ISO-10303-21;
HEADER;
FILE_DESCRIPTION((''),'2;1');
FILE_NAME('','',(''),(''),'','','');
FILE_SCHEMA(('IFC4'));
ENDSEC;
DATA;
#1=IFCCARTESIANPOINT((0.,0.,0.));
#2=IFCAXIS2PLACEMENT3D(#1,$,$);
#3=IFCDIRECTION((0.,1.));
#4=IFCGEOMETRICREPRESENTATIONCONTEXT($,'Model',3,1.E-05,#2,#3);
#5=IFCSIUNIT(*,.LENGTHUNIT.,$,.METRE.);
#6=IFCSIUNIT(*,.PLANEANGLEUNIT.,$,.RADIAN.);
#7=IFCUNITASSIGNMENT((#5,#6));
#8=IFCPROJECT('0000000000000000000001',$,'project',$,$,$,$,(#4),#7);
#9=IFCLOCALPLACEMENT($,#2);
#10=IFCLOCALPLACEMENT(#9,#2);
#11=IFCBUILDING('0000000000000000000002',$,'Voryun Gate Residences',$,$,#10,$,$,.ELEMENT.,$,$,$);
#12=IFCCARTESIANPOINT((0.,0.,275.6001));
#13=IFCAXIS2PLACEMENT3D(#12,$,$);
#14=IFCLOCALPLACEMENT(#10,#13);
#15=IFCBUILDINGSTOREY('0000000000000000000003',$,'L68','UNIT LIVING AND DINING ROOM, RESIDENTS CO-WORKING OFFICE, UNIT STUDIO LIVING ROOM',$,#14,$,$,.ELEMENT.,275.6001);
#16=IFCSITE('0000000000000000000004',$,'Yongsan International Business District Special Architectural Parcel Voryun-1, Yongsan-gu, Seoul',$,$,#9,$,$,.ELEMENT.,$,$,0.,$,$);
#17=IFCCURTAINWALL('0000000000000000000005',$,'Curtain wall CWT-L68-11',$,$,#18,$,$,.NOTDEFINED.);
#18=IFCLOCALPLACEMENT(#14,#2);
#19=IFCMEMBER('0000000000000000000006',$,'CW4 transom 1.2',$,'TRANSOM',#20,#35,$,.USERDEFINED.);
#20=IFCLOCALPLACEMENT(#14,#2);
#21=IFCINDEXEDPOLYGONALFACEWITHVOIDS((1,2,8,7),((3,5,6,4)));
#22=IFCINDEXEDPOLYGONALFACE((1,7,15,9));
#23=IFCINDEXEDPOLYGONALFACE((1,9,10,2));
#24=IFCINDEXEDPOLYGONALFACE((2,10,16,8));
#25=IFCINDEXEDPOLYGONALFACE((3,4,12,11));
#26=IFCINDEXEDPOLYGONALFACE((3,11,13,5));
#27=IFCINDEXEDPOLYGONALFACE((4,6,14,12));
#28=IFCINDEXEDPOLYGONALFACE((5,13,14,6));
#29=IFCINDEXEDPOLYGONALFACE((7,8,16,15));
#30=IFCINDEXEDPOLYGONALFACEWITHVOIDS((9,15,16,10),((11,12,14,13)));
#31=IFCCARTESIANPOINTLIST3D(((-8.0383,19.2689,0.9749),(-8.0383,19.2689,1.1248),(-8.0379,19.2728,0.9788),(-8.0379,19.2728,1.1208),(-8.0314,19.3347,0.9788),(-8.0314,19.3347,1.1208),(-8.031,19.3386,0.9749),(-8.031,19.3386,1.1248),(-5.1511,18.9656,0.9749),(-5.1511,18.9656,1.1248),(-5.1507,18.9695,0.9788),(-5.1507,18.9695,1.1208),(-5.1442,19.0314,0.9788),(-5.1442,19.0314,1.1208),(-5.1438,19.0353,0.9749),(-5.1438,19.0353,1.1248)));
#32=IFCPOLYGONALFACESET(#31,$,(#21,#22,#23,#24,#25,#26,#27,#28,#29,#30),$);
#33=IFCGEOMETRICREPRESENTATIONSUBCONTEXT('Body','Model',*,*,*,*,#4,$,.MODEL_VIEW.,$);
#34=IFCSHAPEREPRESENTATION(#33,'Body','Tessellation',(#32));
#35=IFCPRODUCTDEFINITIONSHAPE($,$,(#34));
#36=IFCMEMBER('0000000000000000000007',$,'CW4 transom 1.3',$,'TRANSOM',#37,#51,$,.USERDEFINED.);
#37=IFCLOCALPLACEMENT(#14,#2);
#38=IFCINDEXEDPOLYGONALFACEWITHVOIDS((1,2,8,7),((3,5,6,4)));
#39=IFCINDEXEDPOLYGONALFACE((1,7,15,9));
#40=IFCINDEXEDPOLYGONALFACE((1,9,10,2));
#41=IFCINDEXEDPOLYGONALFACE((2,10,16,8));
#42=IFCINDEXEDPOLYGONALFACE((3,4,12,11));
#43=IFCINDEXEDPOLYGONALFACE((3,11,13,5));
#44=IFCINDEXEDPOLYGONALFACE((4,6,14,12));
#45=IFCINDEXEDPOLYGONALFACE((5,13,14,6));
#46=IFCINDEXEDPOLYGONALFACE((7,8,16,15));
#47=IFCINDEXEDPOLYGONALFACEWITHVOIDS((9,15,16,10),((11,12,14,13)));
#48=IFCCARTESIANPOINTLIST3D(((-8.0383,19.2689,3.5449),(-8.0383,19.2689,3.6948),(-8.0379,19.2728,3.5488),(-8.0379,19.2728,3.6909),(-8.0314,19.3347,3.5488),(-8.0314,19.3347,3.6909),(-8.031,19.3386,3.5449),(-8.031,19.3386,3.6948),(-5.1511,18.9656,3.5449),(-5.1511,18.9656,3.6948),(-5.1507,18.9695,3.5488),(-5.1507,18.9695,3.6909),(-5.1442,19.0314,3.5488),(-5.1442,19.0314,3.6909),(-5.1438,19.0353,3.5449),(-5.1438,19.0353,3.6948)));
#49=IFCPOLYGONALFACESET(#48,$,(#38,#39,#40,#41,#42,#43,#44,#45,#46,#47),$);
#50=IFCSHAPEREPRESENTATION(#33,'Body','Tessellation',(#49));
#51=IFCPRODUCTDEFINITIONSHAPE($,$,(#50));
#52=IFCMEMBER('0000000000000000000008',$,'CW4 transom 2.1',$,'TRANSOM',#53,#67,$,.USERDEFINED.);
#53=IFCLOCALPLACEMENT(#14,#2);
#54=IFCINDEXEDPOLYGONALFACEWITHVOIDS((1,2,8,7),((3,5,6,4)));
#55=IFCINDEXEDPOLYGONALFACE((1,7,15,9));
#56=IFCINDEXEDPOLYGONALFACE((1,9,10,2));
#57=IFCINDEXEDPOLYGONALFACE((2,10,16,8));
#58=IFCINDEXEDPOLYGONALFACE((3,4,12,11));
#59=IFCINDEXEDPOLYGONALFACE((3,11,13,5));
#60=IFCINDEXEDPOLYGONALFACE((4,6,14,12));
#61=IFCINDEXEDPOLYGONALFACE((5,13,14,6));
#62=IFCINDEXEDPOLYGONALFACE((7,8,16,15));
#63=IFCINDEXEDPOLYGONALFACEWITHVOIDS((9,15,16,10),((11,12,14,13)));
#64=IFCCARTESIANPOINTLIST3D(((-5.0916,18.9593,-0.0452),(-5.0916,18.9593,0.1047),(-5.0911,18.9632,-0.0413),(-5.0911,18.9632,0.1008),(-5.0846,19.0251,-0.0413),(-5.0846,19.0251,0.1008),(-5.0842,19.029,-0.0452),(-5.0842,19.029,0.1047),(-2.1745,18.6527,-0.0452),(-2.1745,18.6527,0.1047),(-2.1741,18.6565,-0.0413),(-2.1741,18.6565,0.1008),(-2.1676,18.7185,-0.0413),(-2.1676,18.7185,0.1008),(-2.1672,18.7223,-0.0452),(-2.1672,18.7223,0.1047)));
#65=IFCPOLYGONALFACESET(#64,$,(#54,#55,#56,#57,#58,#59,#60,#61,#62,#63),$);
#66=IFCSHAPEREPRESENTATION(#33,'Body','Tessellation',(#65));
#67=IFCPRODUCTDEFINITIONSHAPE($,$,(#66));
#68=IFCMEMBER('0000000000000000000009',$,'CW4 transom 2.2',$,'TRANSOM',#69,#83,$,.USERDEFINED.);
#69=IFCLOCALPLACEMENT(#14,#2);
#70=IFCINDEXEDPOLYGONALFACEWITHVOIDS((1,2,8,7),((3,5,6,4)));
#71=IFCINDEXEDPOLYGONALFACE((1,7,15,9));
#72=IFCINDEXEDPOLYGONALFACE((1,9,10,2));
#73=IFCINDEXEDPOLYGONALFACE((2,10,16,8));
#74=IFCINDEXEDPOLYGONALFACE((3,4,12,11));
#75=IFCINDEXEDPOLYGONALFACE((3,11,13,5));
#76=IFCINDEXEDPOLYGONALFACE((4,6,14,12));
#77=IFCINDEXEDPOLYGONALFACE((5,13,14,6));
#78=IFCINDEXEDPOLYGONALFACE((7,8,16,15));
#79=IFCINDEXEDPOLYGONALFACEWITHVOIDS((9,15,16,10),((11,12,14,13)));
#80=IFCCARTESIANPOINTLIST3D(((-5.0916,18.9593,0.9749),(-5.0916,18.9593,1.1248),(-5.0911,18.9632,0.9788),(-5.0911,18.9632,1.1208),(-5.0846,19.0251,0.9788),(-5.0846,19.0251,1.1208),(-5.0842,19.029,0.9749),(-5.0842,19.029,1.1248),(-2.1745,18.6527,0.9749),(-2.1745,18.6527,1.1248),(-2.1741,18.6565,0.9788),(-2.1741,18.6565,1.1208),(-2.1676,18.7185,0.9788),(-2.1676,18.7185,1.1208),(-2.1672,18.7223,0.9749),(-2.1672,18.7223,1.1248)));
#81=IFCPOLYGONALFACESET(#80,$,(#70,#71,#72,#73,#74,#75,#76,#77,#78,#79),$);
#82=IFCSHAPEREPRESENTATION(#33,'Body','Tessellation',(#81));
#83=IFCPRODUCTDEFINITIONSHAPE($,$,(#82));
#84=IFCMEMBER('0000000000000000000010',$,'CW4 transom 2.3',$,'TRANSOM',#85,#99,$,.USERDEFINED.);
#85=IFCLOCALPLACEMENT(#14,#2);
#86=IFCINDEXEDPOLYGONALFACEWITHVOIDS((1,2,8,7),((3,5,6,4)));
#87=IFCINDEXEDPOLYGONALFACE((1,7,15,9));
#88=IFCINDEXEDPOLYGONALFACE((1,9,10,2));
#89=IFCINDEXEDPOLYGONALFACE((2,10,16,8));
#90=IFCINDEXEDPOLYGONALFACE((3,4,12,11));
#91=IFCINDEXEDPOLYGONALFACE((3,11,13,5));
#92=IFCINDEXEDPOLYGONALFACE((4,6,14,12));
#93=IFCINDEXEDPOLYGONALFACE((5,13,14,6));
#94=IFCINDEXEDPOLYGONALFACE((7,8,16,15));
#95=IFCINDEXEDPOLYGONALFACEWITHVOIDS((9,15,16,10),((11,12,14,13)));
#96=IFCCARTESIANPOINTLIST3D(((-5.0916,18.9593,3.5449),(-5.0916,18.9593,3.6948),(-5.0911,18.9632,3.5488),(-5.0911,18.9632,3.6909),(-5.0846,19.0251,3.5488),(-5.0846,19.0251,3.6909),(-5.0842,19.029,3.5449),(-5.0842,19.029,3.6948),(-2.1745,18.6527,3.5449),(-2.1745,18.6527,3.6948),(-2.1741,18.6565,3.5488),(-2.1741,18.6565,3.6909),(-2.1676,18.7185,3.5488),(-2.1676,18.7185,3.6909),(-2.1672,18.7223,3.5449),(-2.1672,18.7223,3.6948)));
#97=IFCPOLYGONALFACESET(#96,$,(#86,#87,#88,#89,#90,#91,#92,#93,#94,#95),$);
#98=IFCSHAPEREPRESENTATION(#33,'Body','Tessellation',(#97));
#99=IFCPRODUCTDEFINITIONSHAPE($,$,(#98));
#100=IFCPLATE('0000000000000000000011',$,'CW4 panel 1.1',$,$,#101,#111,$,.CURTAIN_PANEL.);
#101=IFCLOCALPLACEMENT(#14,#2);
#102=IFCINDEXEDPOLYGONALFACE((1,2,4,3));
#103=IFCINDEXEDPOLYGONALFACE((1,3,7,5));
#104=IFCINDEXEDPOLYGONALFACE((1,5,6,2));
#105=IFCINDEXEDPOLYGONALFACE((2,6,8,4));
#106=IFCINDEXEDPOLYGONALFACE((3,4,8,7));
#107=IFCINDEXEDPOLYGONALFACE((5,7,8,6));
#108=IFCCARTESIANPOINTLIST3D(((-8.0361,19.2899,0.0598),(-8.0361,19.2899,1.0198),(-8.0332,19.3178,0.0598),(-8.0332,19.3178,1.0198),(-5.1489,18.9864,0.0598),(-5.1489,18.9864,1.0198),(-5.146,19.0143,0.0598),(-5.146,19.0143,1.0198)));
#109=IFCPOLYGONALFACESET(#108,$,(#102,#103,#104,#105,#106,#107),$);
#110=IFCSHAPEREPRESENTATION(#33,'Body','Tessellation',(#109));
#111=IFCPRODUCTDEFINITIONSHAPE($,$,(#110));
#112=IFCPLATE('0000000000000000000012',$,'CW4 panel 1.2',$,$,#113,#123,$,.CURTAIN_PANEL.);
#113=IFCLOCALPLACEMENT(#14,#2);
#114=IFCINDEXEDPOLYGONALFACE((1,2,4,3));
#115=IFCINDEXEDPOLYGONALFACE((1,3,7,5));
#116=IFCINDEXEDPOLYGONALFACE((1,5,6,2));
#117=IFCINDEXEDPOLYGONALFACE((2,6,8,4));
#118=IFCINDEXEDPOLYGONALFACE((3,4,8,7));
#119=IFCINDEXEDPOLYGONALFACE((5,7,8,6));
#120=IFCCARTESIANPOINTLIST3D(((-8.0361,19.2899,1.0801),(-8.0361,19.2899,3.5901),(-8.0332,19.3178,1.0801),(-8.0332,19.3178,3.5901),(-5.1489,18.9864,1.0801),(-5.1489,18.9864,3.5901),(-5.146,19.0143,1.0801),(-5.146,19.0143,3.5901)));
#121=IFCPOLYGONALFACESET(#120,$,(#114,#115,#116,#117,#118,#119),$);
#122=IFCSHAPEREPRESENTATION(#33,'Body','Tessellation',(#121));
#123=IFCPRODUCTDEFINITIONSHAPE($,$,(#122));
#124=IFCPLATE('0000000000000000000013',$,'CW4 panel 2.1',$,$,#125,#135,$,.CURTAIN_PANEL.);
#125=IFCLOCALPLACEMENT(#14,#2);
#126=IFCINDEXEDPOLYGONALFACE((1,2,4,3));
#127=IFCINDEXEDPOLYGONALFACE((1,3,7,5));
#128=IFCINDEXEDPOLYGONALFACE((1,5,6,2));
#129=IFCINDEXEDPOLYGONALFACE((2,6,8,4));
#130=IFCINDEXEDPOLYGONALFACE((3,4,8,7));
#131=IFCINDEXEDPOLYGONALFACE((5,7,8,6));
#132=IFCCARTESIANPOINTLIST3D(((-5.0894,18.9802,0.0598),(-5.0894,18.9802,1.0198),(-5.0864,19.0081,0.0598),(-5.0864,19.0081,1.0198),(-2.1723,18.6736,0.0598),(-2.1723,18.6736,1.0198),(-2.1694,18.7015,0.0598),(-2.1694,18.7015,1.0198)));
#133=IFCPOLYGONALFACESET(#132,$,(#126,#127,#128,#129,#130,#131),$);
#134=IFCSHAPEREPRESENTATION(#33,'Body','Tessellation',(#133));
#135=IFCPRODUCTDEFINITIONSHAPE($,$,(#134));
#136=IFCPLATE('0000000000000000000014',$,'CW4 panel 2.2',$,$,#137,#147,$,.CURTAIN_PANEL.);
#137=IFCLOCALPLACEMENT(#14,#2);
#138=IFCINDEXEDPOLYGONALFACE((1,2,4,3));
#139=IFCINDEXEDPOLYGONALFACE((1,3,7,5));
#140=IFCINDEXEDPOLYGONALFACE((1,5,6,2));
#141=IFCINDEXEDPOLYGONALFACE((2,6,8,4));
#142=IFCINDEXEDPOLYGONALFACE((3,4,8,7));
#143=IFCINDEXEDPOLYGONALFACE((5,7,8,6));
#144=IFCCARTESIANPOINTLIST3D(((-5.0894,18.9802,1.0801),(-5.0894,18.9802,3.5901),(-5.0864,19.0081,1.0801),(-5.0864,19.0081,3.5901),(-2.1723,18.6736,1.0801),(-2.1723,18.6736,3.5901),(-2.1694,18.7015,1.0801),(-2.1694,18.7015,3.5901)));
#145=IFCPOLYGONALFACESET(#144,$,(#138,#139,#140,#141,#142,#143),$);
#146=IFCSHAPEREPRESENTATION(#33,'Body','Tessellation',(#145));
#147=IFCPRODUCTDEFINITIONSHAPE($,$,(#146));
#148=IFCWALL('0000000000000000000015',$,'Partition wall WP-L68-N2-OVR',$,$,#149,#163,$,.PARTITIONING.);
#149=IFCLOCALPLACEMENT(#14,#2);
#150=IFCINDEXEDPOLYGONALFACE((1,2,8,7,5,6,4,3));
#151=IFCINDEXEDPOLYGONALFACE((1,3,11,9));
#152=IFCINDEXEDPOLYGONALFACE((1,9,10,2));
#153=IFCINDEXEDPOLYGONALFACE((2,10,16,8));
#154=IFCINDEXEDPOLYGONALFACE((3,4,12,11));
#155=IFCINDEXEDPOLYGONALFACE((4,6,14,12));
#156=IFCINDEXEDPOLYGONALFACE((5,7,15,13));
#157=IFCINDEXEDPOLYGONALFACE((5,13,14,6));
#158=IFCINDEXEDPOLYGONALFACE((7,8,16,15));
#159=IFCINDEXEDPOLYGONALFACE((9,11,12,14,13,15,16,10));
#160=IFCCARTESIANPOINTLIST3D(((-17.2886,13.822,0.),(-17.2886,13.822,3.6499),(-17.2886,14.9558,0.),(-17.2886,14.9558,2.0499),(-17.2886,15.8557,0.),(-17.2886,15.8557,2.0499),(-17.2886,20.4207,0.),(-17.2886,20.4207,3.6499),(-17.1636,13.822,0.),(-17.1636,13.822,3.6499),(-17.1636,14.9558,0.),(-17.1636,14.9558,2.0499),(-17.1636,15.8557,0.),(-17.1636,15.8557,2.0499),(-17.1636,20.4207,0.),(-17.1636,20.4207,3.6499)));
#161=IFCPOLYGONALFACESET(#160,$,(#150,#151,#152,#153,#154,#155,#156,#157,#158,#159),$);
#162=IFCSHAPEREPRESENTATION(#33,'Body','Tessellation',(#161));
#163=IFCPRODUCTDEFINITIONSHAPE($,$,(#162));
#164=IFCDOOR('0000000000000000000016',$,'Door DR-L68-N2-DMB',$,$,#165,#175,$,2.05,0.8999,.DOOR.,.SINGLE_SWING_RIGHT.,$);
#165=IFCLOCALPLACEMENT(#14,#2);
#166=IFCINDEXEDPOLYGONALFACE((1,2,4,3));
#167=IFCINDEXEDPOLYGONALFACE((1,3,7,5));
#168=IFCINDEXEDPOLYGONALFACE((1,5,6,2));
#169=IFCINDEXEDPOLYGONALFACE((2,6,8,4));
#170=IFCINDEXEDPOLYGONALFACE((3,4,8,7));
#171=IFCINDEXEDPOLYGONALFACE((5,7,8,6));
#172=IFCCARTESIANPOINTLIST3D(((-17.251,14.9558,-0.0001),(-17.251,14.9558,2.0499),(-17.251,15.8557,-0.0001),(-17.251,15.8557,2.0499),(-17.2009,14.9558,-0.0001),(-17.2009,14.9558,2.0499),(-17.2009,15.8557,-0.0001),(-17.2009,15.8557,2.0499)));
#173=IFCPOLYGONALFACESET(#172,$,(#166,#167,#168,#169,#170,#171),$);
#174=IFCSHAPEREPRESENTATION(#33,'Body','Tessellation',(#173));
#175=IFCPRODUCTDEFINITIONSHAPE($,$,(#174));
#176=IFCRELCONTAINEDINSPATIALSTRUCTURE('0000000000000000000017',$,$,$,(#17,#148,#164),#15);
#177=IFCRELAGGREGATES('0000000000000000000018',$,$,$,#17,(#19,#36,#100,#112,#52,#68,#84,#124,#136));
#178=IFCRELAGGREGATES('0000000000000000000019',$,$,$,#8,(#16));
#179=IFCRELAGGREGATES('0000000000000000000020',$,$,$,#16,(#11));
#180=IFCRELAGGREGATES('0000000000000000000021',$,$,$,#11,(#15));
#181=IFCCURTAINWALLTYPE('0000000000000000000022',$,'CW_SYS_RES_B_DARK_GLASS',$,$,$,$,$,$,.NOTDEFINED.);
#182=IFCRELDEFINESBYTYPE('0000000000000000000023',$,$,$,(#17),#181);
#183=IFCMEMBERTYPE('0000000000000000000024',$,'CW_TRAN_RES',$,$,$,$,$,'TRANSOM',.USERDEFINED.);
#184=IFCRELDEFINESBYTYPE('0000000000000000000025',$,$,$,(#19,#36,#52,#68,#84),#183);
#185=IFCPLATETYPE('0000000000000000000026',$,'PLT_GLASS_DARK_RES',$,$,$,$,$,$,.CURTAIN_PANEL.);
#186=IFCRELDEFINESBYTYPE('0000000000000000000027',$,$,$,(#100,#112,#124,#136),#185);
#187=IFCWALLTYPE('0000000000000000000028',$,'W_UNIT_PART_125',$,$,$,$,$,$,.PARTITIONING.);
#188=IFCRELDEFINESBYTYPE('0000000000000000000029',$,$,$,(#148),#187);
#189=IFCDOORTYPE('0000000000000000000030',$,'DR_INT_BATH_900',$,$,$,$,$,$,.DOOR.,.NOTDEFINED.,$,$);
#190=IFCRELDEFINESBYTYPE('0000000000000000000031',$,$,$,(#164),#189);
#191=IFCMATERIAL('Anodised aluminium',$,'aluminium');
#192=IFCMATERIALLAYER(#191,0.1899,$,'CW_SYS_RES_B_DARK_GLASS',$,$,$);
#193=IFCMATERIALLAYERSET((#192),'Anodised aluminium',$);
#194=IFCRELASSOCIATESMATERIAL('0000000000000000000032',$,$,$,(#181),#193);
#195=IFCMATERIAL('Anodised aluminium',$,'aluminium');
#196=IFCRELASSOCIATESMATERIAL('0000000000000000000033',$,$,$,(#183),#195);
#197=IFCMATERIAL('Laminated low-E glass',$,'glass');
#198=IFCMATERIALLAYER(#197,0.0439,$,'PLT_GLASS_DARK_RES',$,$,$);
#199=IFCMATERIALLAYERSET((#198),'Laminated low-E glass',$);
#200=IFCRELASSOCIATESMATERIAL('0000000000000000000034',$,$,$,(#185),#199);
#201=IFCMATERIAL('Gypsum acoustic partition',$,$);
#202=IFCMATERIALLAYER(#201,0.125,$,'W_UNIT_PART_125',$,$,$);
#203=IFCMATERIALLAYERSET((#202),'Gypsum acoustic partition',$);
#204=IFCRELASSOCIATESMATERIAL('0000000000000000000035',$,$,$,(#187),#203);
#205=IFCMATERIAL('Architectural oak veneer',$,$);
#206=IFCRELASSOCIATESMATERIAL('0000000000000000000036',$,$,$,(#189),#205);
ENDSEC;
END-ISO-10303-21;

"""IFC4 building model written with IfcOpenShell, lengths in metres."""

from ifc_helpers import new_model, si_unit, direction, frame, frame_2d, origin, origin_2d, place, context, subcontext, project, spatial, rectangle, hollow_rectangle, extrude, material, layer, layer_set, material_profile, profile_set, type_object, element, fill, aggregate, save


model = new_model("IFC4")

# Units and contexts
model_context = context("Model", 3, precision=1e-05, world=origin(), true_north=direction((0.0, 1.0)))
body_context = subcontext(model_context, "Body", "Model", "MODEL_VIEW")
ifc_project = project(units=[si_unit("LENGTHUNIT", "METRE"), si_unit("PLANEANGLEUNIT", "RADIAN")], contexts=[model_context])

# Site, building, storey
site_placement = place(None, origin())
site = spatial("IfcSite", under=ifc_project, at=site_placement, Name="Yongsan International Business District Special Architectural Parcel Voryun-1, Yongsan-gu, Seoul", CompositionType="ELEMENT", RefElevation=0.0)
building_placement = place(site_placement, origin())
building = spatial("IfcBuilding", under=site, at=building_placement, Name="Voryun Gate Residences", CompositionType="ELEMENT")
storey_placement = place(building_placement, frame((0.0, 0.0, 275.6001)))
storey = spatial("IfcBuildingStorey", under=building, at=storey_placement, Name="L68", Description="UNIT LIVING AND DINING ROOM, RESIDENTS CO-WORKING OFFICE, UNIT STUDIO LIVING ROOM", CompositionType="ELEMENT", Elevation=275.6001)

# Curtain wall, members, plates
ifc_material_1 = material(Name="Anodised aluminium", Category="aluminium")
ifc_layer_1 = layer(ifc_material_1, 0.1899, Name="CW_SYS_RES_B_DARK_GLASS")
ifc_layer_set_1 = layer_set([ifc_layer_1], Name="Anodised aluminium")
curtain_wall_type = type_object("IfcCurtainWallType", Name="CW_SYS_RES_B_DARK_GLASS", PredefinedType="NOTDEFINED", material=ifc_layer_set_1)
curtain_wall_placement = place(storey_placement, origin())
curtain_wall = element("IfcCurtainWall", 1, at=curtain_wall_placement, inside=storey, type_object=curtain_wall_type, Name="Curtain wall CWT-L68-11", PredefinedType="NOTDEFINED")
ifc_material_2 = material(Name="Anodised aluminium", Category="aluminium")
ifc_material_profile_1 = material_profile(ifc_material_2, hollow_rectangle(XDim=0.0701, YDim=0.1499, WallThickness=0.0039, at=origin_2d()), Name="ALU-TRAN-150x70x4")
ifc_profile_set_1 = profile_set([ifc_material_profile_1], Name="Anodised aluminium")
member_type_1 = type_object("IfcMemberType", Name="CW_TRAN_RES", ElementType="TRANSOM", PredefinedType="USERDEFINED", material=ifc_profile_set_1)
member_1_placement = place(storey_placement, frame((-8.0347, 19.3037, 1.0498), z_axis=(0.99453, -0.104448, 0.0), x_axis=(0.104448, 0.99453, 0.0)))
member_1 = element("IfcMember", 2, at=member_1_placement, type_object=member_type_1, Name="CW4 transom 1.2", ObjectType="TRANSOM", PredefinedType="USERDEFINED", context=body_context, shape_type="SweptSolid", body=[
    extrude(hollow_rectangle(XDim=0.0701, YDim=0.1499, WallThickness=0.0039, at=origin_2d()), origin(), (0.0, 0.0, 1.0), 2.9031),
])
member_2_placement = place(storey_placement, frame((-8.0347, 19.3037, 3.6199), z_axis=(0.99453, -0.104448, 0.0), x_axis=(0.104448, 0.99453, 0.0)))
member_2 = element("IfcMember", 3, at=member_2_placement, type_object=member_type_1, Name="CW4 transom 1.3", ObjectType="TRANSOM", PredefinedType="USERDEFINED", context=body_context, shape_type="SweptSolid", body=[
    extrude(hollow_rectangle(XDim=0.0701, YDim=0.1499, WallThickness=0.0039, at=origin_2d()), origin(), (0.0, 0.0, 1.0), 2.9031),
])
member_3_placement = place(storey_placement, frame((-5.0879, 18.9941, 0.0298), z_axis=(0.99452, -0.104546, 0.0), x_axis=(0.104546, 0.99452, 0.0)))
member_3 = element("IfcMember", 4, at=member_3_placement, type_object=member_type_1, Name="CW4 transom 2.1", ObjectType="TRANSOM", PredefinedType="USERDEFINED", context=body_context, shape_type="SweptSolid", body=[
    extrude(hollow_rectangle(XDim=0.0701, YDim=0.1499, WallThickness=0.0039, at=origin_2d()), origin(), (0.0, 0.0, 1.0), 2.9331),
])
member_4_placement = place(storey_placement, frame((-5.0879, 18.9941, 1.0498), z_axis=(0.99452, -0.104546, 0.0), x_axis=(0.104546, 0.99452, 0.0)))
member_4 = element("IfcMember", 5, at=member_4_placement, type_object=member_type_1, Name="CW4 transom 2.2", ObjectType="TRANSOM", PredefinedType="USERDEFINED", context=body_context, shape_type="SweptSolid", body=[
    extrude(hollow_rectangle(XDim=0.0701, YDim=0.1499, WallThickness=0.0039, at=origin_2d()), origin(), (0.0, 0.0, 1.0), 2.9331),
])
member_5_placement = place(storey_placement, frame((-5.0879, 18.9941, 3.6199), z_axis=(0.99452, -0.104546, 0.0), x_axis=(0.104546, 0.99452, 0.0)))
member_5 = element("IfcMember", 6, at=member_5_placement, type_object=member_type_1, Name="CW4 transom 2.3", ObjectType="TRANSOM", PredefinedType="USERDEFINED", context=body_context, shape_type="SweptSolid", body=[
    extrude(hollow_rectangle(XDim=0.0701, YDim=0.1499, WallThickness=0.0039, at=origin_2d()), origin(), (0.0, 0.0, 1.0), 2.9331),
])
ifc_material_3 = material(Name="Laminated low-E glass", Category="glass")
ifc_layer_2 = layer(ifc_material_3, 0.0439, Name="PLT_GLASS_DARK_RES")
ifc_layer_set_2 = layer_set([ifc_layer_2], Name="Laminated low-E glass")
plate_type = type_object("IfcPlateType", Name="PLT_GLASS_DARK_RES", PredefinedType="CURTAIN_PANEL", material=ifc_layer_set_2)
plate_1_placement = place(storey_placement, frame((-6.5911, 19.1521, 0.0598), z_axis=(0.0, 0.0, 1.0), x_axis=(0.994522, -0.104529, 0.0)))
plate_1 = element("IfcPlate", 7, at=plate_1_placement, type_object=plate_type, Name="CW4 panel 1.1", PredefinedType="CURTAIN_PANEL", context=body_context, shape_type="SweptSolid", body=[
    extrude(rectangle(XDim=2.9031, YDim=0.0281, at=origin_2d()), origin(), (0.0, 0.0, 1.0), 0.96),
])
plate_2_placement = place(storey_placement, frame((-6.5911, 19.1521, 1.0801), z_axis=(0.0, 0.0, 1.0), x_axis=(0.994522, -0.104529, 0.0)))
plate_2 = element("IfcPlate", 8, at=plate_2_placement, type_object=plate_type, Name="CW4 panel 1.2", PredefinedType="CURTAIN_PANEL", context=body_context, shape_type="SweptSolid", body=[
    extrude(rectangle(XDim=2.9031, YDim=0.0281, at=origin_2d()), origin(), (0.0, 0.0, 1.0), 2.51),
])
plate_3_placement = place(storey_placement, frame((-3.6294, 18.8408, 0.0598), z_axis=(0.0, 0.0, 1.0), x_axis=(0.994522, -0.104529, 0.0)))
plate_3 = element("IfcPlate", 9, at=plate_3_placement, type_object=plate_type, Name="CW4 panel 2.1", PredefinedType="CURTAIN_PANEL", context=body_context, shape_type="SweptSolid", body=[
    extrude(rectangle(XDim=2.9331, YDim=0.0281, at=origin_2d()), origin(), (0.0, 0.0, 1.0), 0.96),
])
plate_4_placement = place(storey_placement, frame((-3.6294, 18.8408, 1.0801), z_axis=(0.0, 0.0, 1.0), x_axis=(0.994522, -0.104529, 0.0)))
plate_4 = element("IfcPlate", 10, at=plate_4_placement, type_object=plate_type, Name="CW4 panel 2.2", PredefinedType="CURTAIN_PANEL", context=body_context, shape_type="SweptSolid", body=[
    extrude(rectangle(XDim=2.9331, YDim=0.0281, at=origin_2d()), origin(), (0.0, 0.0, 1.0), 2.51),
])
aggregate(curtain_wall, [member_1, member_2, plate_1, plate_2, member_3, member_4, member_5, plate_3, plate_4])

# Wall, opening, door
ifc_material_4 = material(Name="Gypsum acoustic partition")
ifc_layer_3 = layer(ifc_material_4, 0.125, Name="W_UNIT_PART_125")
ifc_layer_set_3 = layer_set([ifc_layer_3], Name="Gypsum acoustic partition")
wall_type_1 = type_object("IfcWallType", Name="W_UNIT_PART_125", PredefinedType="PARTITIONING", material=ifc_layer_set_3)
wall_1_placement = place(storey_placement, frame((-17.2261, 13.822, 0.0), z_axis=(0.0, 0.0, 1.0), x_axis=(0.0, 1.0, 0.0)))
wall_1 = element("IfcWall", 11, at=wall_1_placement, inside=storey, type_object=wall_type_1, Name="Partition wall WP-L68-N2-OVR", PredefinedType="PARTITIONING", context=body_context, shape_type="SweptSolid", body=[
    extrude(rectangle(XDim=6.5986, YDim=0.125, at=frame_2d((3.2993, 0.0))), origin(), (0.0, 0.0, 1.0), 3.6499),
])
opening_1_placement = place(wall_1_placement, frame((1.1338, 0.0, 0.0)))
opening_1 = element("IfcOpeningElement", 12, at=opening_1_placement, cuts=wall_1, PredefinedType="OPENING", context=body_context, shape_type="SweptSolid", body=[
    extrude(rectangle(XDim=0.8999, YDim=2.05, at=frame_2d((0.45, 1.0249))), frame((0.0, 0.0725, 0.0), z_axis=(0.0, -1.0, 0.0), x_axis=(1.0, 0.0, 0.0)), (0.0, 0.0, 1.0), 0.145),
])
ifc_material_5 = material(Name="Architectural oak veneer")
door_type_1 = type_object("IfcDoorType", Name="DR_INT_BATH_900", OperationType="NOTDEFINED", PredefinedType="DOOR", material=ifc_material_5)
door_1_placement = place(opening_1_placement, origin())
door_1 = element("IfcDoor", 13, at=door_1_placement, inside=storey, type_object=door_type_1, Name="Door DR-L68-N2-DMB", OperationType="SINGLE_SWING_RIGHT", OverallHeight=2.05, OverallWidth=0.8999, PredefinedType="DOOR", context=body_context, shape_type="SweptSolid", body=[
    extrude(rectangle(XDim=0.8999, YDim=2.05, at=frame_2d((0.45, 1.0249))), frame((0.0, 0.0249, 0.0), z_axis=(0.0, -1.0, 0.0), x_axis=(1.0, 0.0, 0.0)), (0.0, 0.0, 1.0), 0.05),
])
fill(opening_1, door_1)

save(model, "model.ifc")
